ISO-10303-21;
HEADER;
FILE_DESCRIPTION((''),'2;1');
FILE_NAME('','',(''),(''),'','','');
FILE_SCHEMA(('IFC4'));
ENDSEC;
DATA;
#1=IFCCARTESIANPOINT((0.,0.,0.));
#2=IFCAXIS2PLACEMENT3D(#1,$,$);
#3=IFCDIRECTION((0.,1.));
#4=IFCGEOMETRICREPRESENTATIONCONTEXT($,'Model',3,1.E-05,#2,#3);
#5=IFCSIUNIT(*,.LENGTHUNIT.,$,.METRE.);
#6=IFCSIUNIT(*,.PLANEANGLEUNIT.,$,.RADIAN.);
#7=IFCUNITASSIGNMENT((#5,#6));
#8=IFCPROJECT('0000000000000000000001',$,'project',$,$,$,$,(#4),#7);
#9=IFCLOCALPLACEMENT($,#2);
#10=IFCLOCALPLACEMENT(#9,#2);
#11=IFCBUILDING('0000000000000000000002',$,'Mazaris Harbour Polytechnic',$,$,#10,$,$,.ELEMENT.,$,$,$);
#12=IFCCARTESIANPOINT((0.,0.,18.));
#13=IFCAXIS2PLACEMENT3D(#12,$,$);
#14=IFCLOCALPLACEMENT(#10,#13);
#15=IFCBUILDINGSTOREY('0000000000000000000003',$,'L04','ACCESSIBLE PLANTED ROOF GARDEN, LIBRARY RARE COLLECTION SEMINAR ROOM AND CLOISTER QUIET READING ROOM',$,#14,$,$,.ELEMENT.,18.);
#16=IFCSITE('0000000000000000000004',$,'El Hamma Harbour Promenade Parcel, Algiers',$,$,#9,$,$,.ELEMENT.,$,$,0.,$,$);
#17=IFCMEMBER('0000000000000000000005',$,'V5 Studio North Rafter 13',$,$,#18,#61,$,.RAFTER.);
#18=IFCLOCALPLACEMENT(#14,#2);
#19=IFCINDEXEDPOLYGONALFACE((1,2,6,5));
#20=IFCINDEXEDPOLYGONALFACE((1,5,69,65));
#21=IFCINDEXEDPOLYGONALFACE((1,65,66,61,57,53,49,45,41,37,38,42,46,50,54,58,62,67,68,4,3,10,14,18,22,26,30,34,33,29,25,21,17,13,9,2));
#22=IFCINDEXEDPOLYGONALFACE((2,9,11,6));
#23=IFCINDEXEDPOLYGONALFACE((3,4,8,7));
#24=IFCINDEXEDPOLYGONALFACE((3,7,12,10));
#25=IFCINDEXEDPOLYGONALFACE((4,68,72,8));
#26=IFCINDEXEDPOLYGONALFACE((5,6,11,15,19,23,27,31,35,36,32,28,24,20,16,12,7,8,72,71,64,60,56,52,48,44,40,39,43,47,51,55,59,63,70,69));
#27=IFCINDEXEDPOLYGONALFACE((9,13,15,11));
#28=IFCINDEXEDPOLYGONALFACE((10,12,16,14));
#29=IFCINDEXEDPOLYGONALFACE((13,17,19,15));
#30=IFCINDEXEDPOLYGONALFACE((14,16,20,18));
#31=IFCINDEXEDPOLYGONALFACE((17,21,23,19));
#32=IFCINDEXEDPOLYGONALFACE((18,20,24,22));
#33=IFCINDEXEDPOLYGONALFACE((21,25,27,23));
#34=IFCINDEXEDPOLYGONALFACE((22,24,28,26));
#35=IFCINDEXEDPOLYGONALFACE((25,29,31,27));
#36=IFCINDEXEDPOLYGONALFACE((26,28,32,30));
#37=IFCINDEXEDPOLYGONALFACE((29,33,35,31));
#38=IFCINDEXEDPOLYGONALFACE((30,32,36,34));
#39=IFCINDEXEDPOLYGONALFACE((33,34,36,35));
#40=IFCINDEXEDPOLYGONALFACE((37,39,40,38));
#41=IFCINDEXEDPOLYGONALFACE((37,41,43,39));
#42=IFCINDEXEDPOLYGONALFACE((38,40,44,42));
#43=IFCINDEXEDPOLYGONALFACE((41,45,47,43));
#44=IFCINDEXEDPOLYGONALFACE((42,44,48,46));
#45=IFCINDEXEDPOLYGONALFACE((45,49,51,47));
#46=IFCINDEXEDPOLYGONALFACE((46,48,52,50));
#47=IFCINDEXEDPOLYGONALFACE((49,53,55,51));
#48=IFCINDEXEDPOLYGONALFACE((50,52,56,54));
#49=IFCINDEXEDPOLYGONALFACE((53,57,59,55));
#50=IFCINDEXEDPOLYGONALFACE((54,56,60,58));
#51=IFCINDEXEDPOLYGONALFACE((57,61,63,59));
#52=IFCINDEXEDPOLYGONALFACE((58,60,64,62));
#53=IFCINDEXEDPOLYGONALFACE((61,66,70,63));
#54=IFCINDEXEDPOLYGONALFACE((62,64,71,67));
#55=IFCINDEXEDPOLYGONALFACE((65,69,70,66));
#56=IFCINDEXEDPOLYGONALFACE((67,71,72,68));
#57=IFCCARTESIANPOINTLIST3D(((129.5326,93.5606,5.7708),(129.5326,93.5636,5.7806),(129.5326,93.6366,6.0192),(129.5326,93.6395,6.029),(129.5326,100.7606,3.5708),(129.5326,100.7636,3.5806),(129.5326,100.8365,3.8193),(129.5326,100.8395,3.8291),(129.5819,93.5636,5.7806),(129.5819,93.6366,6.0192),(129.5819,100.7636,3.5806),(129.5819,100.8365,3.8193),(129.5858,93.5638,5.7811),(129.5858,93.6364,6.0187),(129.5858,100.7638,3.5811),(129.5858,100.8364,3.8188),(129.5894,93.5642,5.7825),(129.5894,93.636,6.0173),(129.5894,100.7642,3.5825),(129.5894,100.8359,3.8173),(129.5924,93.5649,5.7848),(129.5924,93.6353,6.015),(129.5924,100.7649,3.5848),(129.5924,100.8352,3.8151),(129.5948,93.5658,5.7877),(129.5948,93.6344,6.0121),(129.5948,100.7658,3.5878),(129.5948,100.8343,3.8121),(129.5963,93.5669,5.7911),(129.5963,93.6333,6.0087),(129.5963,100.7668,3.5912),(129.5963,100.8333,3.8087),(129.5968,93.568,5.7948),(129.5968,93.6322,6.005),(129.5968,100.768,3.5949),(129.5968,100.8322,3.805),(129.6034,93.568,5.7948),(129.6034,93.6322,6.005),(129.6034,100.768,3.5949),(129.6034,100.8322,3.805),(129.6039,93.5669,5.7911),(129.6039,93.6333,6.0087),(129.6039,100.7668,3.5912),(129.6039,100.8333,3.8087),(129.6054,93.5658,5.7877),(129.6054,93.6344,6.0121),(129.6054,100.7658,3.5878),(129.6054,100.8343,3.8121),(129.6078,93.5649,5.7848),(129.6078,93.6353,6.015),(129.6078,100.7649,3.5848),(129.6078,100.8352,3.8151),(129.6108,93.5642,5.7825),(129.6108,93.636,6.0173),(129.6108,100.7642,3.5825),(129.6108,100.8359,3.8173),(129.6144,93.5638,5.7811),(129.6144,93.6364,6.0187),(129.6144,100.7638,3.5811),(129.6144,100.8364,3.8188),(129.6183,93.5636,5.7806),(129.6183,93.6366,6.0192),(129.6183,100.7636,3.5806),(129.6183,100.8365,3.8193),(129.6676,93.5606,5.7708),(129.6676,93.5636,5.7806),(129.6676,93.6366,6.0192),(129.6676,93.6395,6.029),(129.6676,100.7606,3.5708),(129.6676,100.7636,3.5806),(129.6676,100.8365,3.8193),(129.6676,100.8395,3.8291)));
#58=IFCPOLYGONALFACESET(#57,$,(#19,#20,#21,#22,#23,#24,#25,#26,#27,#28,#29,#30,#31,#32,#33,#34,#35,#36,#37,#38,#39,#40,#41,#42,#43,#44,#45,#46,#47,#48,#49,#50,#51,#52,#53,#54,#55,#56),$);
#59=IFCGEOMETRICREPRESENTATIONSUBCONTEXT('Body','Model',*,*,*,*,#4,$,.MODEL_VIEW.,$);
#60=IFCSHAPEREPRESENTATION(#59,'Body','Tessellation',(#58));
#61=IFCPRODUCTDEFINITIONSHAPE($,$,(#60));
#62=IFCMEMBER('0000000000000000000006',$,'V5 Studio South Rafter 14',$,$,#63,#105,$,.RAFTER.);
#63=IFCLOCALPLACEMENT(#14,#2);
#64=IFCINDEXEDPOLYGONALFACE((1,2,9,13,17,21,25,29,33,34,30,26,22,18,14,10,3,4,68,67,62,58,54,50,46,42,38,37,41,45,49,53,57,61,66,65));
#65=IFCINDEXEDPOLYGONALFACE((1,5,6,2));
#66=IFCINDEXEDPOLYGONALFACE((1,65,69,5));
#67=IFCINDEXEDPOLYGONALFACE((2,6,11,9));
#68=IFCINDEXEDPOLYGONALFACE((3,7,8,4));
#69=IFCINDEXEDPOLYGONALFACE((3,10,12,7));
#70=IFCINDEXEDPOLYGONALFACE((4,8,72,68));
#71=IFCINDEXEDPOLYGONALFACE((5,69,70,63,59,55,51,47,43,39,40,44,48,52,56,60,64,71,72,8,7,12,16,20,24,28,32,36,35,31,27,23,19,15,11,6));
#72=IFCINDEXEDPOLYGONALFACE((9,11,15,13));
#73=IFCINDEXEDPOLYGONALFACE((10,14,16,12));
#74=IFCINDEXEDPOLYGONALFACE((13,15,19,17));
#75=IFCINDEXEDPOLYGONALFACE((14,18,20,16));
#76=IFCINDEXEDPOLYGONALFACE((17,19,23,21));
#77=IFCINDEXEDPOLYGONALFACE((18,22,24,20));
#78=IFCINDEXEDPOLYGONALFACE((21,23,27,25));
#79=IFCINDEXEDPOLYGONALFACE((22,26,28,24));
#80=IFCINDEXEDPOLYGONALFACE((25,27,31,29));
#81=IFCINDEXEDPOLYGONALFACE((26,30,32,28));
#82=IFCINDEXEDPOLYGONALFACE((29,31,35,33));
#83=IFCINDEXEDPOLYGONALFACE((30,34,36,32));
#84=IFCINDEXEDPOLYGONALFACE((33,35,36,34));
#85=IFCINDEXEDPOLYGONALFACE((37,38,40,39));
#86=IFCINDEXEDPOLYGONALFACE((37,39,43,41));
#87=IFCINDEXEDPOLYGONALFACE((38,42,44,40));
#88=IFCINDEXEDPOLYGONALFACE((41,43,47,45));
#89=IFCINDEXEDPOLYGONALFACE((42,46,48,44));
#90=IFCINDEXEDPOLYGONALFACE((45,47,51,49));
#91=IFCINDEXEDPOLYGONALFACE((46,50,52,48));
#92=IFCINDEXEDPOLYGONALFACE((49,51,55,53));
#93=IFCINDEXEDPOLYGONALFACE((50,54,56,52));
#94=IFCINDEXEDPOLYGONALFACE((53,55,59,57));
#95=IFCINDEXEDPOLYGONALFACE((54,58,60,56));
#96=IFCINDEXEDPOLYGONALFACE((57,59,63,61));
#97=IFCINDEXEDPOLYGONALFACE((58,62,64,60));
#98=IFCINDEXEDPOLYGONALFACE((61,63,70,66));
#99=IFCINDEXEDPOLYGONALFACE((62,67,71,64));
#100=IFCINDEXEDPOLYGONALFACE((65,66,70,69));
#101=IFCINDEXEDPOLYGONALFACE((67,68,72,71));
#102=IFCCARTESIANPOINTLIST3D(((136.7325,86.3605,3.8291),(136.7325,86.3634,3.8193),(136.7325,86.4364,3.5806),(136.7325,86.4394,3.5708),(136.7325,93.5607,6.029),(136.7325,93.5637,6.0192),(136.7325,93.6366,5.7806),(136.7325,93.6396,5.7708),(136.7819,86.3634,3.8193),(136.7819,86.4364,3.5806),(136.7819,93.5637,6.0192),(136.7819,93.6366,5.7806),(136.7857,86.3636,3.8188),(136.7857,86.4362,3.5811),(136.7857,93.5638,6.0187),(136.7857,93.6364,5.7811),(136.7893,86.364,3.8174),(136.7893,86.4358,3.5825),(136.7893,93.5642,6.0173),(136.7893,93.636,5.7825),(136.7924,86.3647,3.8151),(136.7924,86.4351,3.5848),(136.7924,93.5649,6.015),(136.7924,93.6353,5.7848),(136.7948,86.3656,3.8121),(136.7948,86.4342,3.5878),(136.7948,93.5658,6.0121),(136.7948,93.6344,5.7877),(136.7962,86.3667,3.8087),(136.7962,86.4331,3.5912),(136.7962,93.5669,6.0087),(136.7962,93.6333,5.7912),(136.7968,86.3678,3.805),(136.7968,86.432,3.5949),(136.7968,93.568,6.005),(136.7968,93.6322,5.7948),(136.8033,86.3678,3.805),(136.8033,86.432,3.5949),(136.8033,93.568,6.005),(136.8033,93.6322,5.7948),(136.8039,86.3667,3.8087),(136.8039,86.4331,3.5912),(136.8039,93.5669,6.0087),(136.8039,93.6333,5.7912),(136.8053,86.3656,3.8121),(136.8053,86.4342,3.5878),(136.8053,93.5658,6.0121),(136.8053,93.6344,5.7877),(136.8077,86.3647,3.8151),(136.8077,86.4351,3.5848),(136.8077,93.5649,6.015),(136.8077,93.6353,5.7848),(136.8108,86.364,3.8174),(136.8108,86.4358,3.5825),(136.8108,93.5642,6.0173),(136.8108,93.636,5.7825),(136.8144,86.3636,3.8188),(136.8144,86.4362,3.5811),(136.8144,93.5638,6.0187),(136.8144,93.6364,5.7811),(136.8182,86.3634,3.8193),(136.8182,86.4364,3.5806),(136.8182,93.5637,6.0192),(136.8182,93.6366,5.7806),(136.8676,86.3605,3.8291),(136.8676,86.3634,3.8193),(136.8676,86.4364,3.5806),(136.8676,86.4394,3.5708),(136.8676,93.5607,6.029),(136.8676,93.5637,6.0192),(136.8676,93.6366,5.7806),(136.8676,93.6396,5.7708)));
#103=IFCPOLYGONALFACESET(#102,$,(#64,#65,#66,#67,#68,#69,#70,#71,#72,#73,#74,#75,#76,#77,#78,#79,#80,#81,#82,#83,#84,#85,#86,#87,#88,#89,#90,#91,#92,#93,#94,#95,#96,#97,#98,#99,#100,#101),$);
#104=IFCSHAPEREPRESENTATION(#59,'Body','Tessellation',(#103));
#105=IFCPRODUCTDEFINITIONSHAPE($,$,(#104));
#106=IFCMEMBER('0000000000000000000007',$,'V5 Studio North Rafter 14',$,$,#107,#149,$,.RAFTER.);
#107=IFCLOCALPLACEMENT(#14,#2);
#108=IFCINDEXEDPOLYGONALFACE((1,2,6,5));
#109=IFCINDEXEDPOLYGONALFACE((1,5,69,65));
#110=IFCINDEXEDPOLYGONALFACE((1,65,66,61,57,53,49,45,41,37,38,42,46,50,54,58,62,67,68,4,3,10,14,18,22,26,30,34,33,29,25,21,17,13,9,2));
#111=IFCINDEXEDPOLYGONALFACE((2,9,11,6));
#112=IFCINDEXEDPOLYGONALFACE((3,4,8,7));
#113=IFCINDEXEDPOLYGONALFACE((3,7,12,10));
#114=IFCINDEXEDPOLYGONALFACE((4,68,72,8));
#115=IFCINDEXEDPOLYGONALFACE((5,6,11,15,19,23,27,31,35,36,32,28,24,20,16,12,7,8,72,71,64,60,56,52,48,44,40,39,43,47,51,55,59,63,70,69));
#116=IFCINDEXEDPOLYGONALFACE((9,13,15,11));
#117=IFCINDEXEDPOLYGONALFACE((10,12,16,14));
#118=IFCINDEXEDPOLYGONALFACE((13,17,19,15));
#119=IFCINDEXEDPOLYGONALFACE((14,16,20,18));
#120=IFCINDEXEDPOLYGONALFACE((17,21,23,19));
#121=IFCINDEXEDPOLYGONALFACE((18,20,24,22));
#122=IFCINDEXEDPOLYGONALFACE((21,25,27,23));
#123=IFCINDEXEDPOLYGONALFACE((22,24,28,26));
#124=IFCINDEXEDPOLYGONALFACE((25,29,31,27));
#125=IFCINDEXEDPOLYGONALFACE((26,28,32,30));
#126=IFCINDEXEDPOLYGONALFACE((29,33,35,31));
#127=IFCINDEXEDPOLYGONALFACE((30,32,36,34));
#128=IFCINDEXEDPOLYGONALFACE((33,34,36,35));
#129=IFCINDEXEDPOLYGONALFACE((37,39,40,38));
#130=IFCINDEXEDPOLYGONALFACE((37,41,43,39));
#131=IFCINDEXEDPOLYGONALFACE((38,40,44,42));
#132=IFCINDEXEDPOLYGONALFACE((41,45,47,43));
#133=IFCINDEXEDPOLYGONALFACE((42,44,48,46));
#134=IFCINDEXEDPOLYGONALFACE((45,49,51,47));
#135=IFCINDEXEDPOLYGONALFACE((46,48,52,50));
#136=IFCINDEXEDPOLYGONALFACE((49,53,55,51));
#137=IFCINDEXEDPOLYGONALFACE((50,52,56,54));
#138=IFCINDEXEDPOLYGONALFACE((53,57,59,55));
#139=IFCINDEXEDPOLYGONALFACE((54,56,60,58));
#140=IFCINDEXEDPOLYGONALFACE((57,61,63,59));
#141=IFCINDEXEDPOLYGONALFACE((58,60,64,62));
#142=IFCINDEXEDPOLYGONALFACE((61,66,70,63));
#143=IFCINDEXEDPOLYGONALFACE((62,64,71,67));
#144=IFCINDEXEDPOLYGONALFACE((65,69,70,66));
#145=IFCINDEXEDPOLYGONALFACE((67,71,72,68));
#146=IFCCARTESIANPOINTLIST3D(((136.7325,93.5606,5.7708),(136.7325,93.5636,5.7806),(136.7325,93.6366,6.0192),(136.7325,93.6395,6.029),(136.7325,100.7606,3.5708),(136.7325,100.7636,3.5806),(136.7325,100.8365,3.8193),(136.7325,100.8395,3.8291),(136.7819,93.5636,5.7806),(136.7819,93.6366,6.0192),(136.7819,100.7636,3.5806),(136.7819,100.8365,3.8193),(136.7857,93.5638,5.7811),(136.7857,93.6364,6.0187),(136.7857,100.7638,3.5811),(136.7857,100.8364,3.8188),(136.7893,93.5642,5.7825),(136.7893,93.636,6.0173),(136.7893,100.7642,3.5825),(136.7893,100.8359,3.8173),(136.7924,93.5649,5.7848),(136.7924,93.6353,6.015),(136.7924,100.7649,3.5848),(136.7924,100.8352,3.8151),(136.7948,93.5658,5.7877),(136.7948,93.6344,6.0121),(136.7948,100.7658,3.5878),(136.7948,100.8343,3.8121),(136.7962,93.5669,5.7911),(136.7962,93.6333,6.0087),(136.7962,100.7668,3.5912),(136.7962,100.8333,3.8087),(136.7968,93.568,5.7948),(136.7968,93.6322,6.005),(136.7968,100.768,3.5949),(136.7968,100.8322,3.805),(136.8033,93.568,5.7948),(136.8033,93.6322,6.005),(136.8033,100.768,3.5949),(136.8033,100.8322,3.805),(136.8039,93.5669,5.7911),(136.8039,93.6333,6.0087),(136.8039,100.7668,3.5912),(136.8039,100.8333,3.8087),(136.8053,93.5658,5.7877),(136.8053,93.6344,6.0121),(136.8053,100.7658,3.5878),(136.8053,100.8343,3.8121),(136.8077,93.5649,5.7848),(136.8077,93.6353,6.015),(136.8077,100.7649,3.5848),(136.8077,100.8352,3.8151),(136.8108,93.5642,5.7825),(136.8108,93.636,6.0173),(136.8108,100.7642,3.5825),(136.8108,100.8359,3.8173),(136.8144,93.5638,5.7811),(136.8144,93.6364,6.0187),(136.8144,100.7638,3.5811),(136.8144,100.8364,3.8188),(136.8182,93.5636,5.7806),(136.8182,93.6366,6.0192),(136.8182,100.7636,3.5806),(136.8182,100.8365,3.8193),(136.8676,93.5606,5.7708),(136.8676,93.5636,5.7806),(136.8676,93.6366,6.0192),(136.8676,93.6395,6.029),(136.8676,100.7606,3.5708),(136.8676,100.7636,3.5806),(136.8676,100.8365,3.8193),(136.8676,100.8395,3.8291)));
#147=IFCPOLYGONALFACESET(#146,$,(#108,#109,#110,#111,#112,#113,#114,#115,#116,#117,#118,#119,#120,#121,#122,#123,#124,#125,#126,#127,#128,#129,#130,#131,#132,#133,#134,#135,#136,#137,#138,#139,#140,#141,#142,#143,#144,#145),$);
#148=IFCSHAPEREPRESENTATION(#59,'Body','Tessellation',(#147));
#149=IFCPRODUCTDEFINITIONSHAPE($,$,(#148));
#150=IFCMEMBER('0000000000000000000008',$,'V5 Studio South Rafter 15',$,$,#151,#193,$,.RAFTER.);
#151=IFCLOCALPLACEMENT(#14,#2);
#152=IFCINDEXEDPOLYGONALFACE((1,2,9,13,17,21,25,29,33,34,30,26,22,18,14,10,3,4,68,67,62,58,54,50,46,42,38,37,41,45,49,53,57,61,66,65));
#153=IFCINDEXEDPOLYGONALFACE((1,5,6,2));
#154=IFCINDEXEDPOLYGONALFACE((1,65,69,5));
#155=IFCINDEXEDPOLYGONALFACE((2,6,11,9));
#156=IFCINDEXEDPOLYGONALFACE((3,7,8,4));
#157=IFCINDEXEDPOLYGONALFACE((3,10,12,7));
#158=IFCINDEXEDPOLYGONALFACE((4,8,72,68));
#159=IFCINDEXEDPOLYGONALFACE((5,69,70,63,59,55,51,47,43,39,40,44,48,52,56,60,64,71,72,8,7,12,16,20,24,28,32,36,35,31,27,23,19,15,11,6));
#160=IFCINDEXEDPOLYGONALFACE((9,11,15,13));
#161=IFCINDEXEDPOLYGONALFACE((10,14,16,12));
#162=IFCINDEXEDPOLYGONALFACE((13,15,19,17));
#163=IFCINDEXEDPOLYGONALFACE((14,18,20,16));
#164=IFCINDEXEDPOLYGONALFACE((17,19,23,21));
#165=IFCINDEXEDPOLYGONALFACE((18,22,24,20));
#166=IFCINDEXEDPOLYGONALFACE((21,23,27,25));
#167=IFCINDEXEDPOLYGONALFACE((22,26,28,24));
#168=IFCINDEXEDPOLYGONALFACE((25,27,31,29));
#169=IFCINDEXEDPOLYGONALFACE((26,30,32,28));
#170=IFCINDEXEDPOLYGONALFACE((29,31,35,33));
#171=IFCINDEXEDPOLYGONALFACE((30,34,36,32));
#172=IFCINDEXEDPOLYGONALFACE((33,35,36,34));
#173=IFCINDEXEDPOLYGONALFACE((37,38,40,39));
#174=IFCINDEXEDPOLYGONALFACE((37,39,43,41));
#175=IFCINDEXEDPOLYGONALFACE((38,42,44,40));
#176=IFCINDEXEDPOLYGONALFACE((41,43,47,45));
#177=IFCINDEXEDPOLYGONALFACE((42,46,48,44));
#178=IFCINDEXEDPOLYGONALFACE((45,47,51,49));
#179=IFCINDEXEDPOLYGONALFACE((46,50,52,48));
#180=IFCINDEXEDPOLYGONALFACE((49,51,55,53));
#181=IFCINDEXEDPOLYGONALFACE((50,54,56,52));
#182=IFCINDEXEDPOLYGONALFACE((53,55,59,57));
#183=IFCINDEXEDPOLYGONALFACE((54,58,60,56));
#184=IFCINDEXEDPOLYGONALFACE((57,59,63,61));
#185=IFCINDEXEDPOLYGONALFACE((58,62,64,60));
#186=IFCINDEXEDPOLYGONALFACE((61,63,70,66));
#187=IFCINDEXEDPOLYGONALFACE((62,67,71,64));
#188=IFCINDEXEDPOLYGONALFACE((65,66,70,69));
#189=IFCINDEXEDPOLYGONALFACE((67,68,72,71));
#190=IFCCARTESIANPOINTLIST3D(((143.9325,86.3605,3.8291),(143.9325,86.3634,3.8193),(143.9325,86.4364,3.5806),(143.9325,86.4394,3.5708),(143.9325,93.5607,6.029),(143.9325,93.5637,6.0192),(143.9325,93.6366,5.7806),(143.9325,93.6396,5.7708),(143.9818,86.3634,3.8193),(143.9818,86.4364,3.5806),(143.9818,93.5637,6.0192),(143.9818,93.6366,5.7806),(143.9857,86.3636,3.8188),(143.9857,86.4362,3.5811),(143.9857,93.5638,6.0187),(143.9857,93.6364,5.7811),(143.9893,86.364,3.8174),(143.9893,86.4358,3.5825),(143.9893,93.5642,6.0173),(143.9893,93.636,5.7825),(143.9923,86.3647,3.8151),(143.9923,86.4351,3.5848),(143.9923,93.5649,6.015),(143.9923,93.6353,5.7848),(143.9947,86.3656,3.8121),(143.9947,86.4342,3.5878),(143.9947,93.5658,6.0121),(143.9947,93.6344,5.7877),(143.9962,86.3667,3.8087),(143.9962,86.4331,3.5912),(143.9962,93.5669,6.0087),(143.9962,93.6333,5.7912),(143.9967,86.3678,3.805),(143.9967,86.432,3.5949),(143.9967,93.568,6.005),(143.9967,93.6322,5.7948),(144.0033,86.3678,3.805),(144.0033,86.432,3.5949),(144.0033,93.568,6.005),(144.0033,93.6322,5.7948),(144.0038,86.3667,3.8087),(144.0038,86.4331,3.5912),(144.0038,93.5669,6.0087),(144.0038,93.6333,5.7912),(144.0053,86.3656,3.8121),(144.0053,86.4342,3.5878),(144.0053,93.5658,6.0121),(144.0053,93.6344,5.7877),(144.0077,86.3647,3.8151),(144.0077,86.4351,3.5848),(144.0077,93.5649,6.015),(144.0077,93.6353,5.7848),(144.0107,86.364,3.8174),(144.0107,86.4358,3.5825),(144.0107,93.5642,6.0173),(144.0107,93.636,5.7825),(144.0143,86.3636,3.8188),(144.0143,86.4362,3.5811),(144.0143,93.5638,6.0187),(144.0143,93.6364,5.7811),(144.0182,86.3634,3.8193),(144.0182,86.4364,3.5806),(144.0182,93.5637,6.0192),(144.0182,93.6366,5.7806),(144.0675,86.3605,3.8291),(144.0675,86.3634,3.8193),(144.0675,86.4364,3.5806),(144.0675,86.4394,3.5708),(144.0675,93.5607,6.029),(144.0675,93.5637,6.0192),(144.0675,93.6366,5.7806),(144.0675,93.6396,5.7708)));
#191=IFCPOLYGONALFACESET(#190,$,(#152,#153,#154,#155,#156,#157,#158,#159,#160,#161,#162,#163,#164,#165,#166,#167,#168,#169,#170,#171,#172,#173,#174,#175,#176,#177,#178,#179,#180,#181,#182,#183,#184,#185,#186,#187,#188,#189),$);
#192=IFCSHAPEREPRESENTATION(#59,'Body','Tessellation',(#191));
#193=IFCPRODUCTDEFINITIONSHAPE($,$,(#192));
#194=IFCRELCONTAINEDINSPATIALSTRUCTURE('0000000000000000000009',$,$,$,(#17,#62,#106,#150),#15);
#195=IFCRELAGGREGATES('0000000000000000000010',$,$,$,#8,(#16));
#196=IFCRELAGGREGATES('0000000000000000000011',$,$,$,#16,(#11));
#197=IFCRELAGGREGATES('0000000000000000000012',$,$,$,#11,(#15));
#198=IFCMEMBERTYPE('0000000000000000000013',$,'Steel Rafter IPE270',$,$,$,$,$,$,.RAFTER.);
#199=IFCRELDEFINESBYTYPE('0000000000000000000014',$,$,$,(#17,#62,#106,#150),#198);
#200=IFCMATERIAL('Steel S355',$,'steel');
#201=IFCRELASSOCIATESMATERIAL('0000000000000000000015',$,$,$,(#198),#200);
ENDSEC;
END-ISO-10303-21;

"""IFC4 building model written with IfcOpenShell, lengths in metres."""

from ifc_helpers import new_model, si_unit, direction, frame, origin, origin_2d, place, context, subcontext, project, spatial, i_section, extrude, material, material_profile, profile_set, type_object, element, save


model = new_model("IFC4")

# Units and contexts
model_context = context("Model", 3, precision=1e-05, world=origin(), true_north=direction((0.0, 1.0)))
body_context = subcontext(model_context, "Body", "Model", "MODEL_VIEW")
ifc_project = project(units=[si_unit("LENGTHUNIT", "METRE"), si_unit("PLANEANGLEUNIT", "RADIAN")], contexts=[model_context])

# Site, building, storey
site_placement = place(None, origin())
site = spatial("IfcSite", under=ifc_project, at=site_placement, Name="El Hamma Harbour Promenade Parcel, Algiers", CompositionType="ELEMENT", RefElevation=0.0)
building_placement = place(site_placement, origin())
building = spatial("IfcBuilding", under=site, at=building_placement, Name="Mazaris Harbour Polytechnic", CompositionType="ELEMENT")
storey_placement = place(building_placement, frame((0.0, 0.0, 18.0)))
storey = spatial("IfcBuildingStorey", under=building, at=storey_placement, Name="L04", Description="ACCESSIBLE PLANTED ROOF GARDEN, LIBRARY RARE COLLECTION SEMINAR ROOM AND CLOISTER QUIET READING ROOM", CompositionType="ELEMENT", Elevation=18.0)

# Members
ifc_material_1 = material(Name="Steel S355", Category="steel")
ifc_material_profile_1 = material_profile(ifc_material_1, i_section(OverallWidth=0.135, OverallDepth=0.27, WebThickness=0.0066, FlangeThickness=0.0103, FilletRadius=0.0149, at=origin_2d()), Name="IPE 270")
ifc_profile_set_1 = profile_set([ifc_material_profile_1], Name="Steel S355")
member_type_1 = type_object("IfcMemberType", Name="Steel Rafter IPE270", PredefinedType="RAFTER", material=ifc_profile_set_1)
member_1_placement = place(storey_placement, frame((129.6001, 93.6001, 5.8999), z_axis=(0.0, 0.956353, -0.292214), x_axis=(-1.0, 0.0, 0.0)))
element("IfcMember", 1, at=member_1_placement, inside=storey, type_object=member_type_1, Name="V5 Studio North Rafter 13", PredefinedType="RAFTER", context=body_context, shape_type="SweptSolid", body=[
    extrude(i_section(OverallWidth=0.135, OverallDepth=0.27, WebThickness=0.0066, FlangeThickness=0.0103, FilletRadius=0.0149, at=origin_2d()), origin(), (0.0, 0.0, 1.0), 7.5286),
])
member_2_placement = place(storey_placement, frame((136.8, 86.3999, 3.7), z_axis=(0.0, 0.956356, 0.292205), x_axis=(-1.0, 0.0, 0.0)))
element("IfcMember", 2, at=member_2_placement, inside=storey, type_object=member_type_1, Name="V5 Studio South Rafter 14", PredefinedType="RAFTER", context=body_context, shape_type="SweptSolid", body=[
    extrude(i_section(OverallWidth=0.135, OverallDepth=0.27, WebThickness=0.0066, FlangeThickness=0.0103, FilletRadius=0.0149, at=origin_2d()), origin(), (0.0, 0.0, 1.0), 7.5288),
])
member_3_placement = place(storey_placement, frame((136.8, 93.6001, 5.8999), z_axis=(0.0, 0.956353, -0.292214), x_axis=(-1.0, 0.0, 0.0)))
element("IfcMember", 3, at=member_3_placement, inside=storey, type_object=member_type_1, Name="V5 Studio North Rafter 14", PredefinedType="RAFTER", context=body_context, shape_type="SweptSolid", body=[
    extrude(i_section(OverallWidth=0.135, OverallDepth=0.27, WebThickness=0.0066, FlangeThickness=0.0103, FilletRadius=0.0149, at=origin_2d()), origin(), (0.0, 0.0, 1.0), 7.5286),
])
member_4_placement = place(storey_placement, frame((144.0, 86.3999, 3.7), z_axis=(0.0, 0.956356, 0.292205), x_axis=(-1.0, 0.0, 0.0)))
element("IfcMember", 4, at=member_4_placement, inside=storey, type_object=member_type_1, Name="V5 Studio South Rafter 15", PredefinedType="RAFTER", context=body_context, shape_type="SweptSolid", body=[
    extrude(i_section(OverallWidth=0.135, OverallDepth=0.27, WebThickness=0.0066, FlangeThickness=0.0103, FilletRadius=0.0149, at=origin_2d()), origin(), (0.0, 0.0, 1.0), 7.5288),
])

save(model, "model.ifc")
